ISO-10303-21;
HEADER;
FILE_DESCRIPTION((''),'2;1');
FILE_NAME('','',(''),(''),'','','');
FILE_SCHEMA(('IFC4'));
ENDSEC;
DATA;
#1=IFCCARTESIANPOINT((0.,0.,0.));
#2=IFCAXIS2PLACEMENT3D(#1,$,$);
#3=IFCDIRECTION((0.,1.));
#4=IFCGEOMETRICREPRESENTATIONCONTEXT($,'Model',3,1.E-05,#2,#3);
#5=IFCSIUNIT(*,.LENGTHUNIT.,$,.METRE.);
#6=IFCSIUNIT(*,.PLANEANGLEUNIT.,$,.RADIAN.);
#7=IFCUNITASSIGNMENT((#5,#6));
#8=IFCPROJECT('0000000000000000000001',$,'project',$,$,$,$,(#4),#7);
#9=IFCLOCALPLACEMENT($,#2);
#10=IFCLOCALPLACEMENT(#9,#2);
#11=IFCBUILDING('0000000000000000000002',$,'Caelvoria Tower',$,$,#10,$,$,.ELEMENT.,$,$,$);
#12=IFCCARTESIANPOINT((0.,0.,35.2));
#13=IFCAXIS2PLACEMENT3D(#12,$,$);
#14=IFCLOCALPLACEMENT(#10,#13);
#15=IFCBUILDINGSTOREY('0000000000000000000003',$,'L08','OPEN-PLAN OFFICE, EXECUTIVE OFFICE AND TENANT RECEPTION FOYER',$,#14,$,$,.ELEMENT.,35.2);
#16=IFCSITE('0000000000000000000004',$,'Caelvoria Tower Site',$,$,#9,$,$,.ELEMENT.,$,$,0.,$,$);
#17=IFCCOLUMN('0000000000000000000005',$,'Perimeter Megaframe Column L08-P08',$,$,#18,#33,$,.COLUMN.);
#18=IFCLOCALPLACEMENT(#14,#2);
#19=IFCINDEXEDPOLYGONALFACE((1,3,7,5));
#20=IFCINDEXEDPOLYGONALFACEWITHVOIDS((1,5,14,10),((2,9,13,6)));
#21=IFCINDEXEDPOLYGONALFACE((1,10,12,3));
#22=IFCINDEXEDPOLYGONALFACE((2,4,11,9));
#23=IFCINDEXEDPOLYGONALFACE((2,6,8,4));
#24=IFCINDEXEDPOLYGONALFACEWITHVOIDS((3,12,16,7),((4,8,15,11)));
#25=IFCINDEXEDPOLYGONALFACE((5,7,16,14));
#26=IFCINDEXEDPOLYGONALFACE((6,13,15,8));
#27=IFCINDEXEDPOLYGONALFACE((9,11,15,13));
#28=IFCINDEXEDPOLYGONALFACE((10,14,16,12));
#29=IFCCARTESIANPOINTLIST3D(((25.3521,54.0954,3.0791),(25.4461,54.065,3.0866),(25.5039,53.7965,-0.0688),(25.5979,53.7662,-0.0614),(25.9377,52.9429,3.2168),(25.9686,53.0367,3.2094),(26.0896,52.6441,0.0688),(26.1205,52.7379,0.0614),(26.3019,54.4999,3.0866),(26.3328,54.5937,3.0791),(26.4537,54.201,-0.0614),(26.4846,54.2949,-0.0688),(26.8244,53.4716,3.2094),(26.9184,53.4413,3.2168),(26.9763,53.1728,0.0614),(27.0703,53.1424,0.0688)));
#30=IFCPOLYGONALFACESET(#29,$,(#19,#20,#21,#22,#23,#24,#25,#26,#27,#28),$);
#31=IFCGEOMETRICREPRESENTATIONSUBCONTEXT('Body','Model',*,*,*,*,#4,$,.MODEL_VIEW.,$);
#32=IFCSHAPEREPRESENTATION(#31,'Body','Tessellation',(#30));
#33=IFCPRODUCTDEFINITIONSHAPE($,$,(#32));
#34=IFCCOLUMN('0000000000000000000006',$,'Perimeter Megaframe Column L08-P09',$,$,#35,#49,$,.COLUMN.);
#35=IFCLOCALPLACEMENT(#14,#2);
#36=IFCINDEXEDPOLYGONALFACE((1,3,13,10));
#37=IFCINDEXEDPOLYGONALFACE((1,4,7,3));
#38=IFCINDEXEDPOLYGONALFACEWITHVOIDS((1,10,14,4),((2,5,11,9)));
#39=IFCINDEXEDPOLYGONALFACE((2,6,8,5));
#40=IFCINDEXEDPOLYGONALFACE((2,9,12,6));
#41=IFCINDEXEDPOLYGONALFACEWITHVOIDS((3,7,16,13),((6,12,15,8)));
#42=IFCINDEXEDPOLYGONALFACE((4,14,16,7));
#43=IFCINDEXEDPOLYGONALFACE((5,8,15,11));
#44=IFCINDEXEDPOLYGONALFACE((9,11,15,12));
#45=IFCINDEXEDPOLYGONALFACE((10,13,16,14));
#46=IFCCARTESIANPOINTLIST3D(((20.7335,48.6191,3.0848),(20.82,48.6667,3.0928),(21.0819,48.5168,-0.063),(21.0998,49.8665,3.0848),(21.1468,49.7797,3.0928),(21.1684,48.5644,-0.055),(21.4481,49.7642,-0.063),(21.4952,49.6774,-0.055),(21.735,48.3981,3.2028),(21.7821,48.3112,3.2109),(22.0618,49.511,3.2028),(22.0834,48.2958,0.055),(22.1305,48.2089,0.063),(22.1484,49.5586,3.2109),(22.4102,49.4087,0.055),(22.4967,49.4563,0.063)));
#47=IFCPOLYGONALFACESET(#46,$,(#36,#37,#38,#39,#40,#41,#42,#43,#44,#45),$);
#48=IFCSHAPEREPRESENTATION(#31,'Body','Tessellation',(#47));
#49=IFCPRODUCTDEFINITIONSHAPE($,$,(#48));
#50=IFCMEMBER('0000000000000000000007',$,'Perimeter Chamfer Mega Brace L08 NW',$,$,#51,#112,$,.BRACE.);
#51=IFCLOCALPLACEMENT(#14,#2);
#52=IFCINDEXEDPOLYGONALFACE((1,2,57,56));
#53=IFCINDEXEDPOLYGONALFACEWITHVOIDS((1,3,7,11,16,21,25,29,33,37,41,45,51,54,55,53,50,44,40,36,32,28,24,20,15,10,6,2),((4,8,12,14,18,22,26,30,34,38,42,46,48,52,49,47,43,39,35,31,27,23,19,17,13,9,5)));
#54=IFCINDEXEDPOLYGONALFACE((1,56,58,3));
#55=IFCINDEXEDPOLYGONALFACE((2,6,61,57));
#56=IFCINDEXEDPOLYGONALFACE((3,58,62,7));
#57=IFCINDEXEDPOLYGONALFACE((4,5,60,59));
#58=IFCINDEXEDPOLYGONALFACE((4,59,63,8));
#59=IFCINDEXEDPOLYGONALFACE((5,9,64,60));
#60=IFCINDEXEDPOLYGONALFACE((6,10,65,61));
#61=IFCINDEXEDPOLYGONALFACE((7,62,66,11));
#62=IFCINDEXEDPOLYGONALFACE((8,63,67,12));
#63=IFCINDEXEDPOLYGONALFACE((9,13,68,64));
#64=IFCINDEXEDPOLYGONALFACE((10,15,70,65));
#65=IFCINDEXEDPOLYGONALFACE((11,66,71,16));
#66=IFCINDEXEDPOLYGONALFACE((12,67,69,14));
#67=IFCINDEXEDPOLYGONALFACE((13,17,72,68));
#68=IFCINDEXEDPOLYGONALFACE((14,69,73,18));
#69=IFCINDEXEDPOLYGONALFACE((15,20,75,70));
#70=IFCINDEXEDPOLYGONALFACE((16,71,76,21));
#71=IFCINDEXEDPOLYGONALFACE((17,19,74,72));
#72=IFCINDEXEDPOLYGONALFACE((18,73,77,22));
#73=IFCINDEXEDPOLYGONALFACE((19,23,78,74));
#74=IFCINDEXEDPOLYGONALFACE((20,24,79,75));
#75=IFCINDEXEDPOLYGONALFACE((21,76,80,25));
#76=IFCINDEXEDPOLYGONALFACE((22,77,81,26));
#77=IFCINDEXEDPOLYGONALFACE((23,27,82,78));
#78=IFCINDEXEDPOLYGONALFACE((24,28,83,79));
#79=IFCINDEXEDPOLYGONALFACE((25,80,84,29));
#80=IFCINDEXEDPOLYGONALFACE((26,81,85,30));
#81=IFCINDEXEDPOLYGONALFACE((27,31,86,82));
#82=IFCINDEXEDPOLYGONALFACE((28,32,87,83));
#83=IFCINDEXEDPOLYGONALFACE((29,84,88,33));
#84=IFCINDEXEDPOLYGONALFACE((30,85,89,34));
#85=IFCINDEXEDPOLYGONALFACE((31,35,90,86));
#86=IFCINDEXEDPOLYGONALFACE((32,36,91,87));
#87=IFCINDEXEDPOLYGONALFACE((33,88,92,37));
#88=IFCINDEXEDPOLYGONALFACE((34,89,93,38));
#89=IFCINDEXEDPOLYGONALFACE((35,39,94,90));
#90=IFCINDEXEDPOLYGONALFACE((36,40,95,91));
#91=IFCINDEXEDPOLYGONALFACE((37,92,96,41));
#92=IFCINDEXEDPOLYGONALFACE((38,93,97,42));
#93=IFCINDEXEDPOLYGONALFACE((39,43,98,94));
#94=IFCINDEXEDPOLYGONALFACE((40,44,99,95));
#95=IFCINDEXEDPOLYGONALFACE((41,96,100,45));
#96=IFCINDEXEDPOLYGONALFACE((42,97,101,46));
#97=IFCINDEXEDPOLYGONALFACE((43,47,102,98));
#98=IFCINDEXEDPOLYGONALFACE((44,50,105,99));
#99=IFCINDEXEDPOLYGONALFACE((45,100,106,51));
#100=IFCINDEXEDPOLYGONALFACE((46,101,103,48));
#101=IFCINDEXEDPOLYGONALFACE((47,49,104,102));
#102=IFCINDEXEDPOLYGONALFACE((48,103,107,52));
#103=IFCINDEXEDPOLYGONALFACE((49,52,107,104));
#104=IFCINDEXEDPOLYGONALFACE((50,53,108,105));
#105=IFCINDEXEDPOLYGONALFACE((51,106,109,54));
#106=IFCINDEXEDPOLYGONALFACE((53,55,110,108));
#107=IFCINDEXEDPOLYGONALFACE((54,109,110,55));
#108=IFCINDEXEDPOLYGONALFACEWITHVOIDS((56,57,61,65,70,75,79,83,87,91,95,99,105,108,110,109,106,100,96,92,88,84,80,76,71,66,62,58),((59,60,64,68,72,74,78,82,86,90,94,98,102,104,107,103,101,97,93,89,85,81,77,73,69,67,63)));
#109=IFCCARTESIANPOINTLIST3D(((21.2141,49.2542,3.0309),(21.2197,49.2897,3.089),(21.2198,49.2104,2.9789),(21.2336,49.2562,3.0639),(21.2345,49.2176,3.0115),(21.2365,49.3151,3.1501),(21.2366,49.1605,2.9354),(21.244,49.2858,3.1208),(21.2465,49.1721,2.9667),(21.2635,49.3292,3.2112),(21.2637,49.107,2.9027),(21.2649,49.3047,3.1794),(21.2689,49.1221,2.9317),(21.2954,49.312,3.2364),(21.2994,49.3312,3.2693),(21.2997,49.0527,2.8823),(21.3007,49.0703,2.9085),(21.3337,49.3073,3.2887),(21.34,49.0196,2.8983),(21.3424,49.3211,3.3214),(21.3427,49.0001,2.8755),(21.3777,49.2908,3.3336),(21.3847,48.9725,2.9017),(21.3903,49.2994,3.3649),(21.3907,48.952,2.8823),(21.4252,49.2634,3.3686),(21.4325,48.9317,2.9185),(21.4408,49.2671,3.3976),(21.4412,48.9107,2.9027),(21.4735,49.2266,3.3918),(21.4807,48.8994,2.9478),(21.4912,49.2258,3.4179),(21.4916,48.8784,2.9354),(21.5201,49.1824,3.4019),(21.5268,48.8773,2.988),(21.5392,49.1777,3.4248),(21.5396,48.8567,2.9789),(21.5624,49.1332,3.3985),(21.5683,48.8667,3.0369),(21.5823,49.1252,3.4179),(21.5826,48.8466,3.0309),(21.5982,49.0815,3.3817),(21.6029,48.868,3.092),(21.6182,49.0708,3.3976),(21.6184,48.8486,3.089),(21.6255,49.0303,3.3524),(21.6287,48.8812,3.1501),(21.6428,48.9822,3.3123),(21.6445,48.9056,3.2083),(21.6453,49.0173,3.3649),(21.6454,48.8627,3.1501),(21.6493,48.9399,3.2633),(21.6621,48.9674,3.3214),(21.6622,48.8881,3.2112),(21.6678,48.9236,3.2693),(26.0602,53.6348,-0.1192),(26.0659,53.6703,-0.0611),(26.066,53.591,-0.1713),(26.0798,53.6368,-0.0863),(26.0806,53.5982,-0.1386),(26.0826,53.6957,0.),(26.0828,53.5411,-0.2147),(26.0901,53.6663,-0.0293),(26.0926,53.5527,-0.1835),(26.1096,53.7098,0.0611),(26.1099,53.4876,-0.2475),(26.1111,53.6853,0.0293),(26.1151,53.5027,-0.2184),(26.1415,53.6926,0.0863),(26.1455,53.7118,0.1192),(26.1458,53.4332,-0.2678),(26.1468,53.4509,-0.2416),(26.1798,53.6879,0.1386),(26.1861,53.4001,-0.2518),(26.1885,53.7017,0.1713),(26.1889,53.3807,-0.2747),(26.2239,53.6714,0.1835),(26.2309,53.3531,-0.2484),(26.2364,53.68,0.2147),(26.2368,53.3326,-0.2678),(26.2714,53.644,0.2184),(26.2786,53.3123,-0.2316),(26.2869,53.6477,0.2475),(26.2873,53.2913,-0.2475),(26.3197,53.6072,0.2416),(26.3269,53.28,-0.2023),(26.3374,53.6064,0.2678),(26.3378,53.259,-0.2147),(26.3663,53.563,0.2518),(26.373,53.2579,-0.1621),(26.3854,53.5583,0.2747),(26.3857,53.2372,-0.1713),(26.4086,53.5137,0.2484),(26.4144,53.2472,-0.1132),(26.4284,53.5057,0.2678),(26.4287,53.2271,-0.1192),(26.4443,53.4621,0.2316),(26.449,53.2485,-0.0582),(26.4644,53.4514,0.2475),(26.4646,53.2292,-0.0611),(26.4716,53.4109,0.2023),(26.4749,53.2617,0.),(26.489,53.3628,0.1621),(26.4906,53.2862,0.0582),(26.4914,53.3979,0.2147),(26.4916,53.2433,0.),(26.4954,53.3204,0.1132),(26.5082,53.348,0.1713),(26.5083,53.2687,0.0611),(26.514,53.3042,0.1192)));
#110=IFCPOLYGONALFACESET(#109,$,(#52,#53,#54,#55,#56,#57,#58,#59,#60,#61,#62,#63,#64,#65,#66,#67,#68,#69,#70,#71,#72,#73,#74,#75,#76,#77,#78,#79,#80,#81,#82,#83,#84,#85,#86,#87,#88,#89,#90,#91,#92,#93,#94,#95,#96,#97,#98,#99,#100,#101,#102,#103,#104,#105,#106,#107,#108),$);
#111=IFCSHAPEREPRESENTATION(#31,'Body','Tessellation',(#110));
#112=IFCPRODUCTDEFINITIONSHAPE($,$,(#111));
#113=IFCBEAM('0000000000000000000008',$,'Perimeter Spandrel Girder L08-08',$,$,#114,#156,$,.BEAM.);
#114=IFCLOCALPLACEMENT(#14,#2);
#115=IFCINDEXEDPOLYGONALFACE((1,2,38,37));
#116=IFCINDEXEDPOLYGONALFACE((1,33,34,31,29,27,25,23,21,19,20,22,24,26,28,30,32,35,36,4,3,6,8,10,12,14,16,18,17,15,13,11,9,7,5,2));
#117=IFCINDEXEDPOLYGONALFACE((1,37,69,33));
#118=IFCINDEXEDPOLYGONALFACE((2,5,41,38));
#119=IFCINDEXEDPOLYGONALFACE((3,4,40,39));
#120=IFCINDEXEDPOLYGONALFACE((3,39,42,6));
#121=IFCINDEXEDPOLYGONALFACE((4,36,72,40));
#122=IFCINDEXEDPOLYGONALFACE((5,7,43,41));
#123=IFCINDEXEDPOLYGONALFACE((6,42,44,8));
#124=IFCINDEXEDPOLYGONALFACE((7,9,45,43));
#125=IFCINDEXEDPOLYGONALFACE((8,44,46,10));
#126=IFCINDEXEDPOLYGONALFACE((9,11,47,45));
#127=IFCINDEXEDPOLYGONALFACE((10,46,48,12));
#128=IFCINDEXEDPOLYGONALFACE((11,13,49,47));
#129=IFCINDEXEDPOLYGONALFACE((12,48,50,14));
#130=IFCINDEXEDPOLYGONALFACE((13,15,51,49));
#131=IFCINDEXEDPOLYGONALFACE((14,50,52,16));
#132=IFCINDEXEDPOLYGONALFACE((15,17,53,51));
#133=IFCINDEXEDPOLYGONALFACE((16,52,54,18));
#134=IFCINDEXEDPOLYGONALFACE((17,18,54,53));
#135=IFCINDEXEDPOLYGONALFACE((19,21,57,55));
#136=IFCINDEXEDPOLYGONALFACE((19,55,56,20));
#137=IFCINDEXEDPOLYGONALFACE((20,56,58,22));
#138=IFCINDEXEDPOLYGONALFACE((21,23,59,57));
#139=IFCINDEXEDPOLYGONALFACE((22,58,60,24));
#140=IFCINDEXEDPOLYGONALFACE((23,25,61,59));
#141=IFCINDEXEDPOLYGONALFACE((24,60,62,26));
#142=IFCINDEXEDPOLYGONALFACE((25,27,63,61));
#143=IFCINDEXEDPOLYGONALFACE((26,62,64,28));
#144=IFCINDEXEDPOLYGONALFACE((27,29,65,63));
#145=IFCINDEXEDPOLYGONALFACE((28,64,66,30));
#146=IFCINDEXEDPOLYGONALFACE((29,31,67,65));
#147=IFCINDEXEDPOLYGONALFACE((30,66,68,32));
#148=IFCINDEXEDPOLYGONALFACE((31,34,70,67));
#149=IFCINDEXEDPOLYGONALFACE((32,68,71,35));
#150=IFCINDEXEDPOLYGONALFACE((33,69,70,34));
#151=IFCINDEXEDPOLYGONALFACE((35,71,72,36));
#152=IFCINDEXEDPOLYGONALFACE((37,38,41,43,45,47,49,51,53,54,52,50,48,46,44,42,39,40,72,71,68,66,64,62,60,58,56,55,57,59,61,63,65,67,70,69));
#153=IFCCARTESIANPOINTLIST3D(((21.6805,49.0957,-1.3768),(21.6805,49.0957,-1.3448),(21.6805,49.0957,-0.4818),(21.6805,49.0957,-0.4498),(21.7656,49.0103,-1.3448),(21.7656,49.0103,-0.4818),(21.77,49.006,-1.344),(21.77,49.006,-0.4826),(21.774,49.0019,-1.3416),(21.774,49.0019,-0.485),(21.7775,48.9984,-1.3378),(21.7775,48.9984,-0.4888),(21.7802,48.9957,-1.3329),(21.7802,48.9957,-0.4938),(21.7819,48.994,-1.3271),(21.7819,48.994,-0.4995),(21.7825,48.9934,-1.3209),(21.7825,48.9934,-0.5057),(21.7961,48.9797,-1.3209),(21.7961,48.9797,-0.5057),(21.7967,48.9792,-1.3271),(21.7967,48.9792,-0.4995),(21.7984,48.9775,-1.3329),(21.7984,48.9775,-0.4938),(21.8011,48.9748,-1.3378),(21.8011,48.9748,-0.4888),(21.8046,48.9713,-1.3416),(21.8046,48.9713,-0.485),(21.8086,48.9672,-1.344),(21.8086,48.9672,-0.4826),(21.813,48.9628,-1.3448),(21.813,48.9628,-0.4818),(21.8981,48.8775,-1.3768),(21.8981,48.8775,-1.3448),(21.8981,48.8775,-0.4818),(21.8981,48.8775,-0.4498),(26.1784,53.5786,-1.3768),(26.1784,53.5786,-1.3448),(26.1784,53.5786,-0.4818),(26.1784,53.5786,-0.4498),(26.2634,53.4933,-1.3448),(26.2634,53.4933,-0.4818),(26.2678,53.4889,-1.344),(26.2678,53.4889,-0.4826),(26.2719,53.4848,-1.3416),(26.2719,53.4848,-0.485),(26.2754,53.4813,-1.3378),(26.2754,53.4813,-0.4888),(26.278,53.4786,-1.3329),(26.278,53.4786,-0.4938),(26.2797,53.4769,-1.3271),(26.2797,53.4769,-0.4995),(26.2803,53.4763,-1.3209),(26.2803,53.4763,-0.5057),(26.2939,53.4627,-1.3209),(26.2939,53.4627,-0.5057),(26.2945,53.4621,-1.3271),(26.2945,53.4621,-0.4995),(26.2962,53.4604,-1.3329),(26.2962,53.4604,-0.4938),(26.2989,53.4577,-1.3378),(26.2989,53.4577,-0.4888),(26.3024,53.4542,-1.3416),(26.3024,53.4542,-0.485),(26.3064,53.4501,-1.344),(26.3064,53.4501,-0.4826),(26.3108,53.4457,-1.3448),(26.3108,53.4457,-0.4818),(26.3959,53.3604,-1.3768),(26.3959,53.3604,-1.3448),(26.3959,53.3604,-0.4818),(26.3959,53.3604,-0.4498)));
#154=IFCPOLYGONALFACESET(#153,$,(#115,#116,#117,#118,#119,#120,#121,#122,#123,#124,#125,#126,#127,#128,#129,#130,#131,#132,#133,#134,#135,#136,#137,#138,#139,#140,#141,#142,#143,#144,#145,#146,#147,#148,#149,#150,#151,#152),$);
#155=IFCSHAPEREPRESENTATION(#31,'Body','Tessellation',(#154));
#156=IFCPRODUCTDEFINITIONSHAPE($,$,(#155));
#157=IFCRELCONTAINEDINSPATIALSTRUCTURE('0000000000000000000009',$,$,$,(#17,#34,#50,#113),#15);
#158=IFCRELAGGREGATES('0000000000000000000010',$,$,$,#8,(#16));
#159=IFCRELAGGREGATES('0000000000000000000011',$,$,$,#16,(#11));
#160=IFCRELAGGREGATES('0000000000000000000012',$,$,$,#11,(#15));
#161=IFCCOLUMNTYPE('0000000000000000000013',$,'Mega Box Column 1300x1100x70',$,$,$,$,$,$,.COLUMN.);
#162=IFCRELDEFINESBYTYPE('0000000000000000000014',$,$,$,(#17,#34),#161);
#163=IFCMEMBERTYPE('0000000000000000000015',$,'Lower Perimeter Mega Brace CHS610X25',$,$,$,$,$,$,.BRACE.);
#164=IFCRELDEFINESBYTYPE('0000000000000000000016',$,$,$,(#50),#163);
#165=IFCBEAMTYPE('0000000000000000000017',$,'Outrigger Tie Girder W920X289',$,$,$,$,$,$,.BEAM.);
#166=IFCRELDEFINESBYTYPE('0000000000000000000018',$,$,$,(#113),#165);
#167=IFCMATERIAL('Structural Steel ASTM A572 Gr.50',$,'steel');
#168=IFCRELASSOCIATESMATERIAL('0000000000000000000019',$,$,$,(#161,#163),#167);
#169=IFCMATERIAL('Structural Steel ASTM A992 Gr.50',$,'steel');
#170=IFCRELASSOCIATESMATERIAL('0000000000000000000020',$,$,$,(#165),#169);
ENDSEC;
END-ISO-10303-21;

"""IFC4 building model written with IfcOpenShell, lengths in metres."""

from ifc_helpers import new_model, si_unit, direction, frame, origin, origin_2d, place, context, subcontext, project, spatial, hollow_rectangle, hollow_circle, i_section, extrude, material, material_profile, profile_set, type_object, element, save


model = new_model("IFC4")

# Units and contexts
model_context = context("Model", 3, precision=1e-05, world=origin(), true_north=direction((0.0, 1.0)))
body_context = subcontext(model_context, "Body", "Model", "MODEL_VIEW")
ifc_project = project(units=[si_unit("LENGTHUNIT", "METRE"), si_unit("PLANEANGLEUNIT", "RADIAN")], contexts=[model_context])

# Site, building, storey
site_placement = place(None, origin())
site = spatial("IfcSite", under=ifc_project, at=site_placement, Name="Caelvoria Tower Site", CompositionType="ELEMENT", RefElevation=0.0)
building_placement = place(site_placement, origin())
building = spatial("IfcBuilding", under=site, at=building_placement, Name="Caelvoria Tower", CompositionType="ELEMENT")
storey_placement = place(building_placement, frame((0.0, 0.0, 35.2)))
storey = spatial("IfcBuildingStorey", under=building, at=storey_placement, Name="L08", Description="OPEN-PLAN OFFICE, EXECUTIVE OFFICE AND TENANT RECEPTION FOYER", CompositionType="ELEMENT", Elevation=35.2)

# Columns
ifc_material_1 = material(Name="Structural Steel ASTM A572 Gr.50", Category="steel")
ifc_material_profile_1 = material_profile(ifc_material_1, hollow_rectangle(XDim=1.1001, YDim=1.3, WallThickness=0.0701, at=origin_2d()), Name="Structural Steel ASTM A572 Gr.50")
ifc_profile_set_1 = profile_set([ifc_material_profile_1], Name="BOX1300X1100X70 - Structural Steel ASTM A572 Gr.50")
column_type = type_object("IfcColumnType", Name="Mega Box Column 1300x1100x70", PredefinedType="COLUMN", material=ifc_profile_set_1)
column_1_placement = place(storey_placement, frame((26.2871, 53.4695, 0.0), z_axis=(-0.047968, 0.094394, 0.994379), x_axis=(-0.891495, -0.453031, 0.0)))
element("IfcColumn", 1, at=column_1_placement, inside=storey, type_object=column_type, Name="Perimeter Megaframe Column L08-P08", PredefinedType="COLUMN", context=body_context, shape_type="SweptSolid", body=[
    extrude(hollow_rectangle(XDim=1.1001, YDim=1.3, WallThickness=0.0701, at=origin_2d()), origin(), (0.0, 0.0, 1.0), 3.1658),
])
column_2_placement = place(storey_placement, frame((21.7893, 48.9866, 0.0), z_axis=(-0.109943, 0.032282, 0.993414), x_axis=(0.953174, -0.279874, 0.114584)))
element("IfcColumn", 2, at=column_2_placement, inside=storey, type_object=column_type, Name="Perimeter Megaframe Column L08-P09", PredefinedType="COLUMN", context=body_context, shape_type="SweptSolid", body=[
    extrude(hollow_rectangle(XDim=1.1001, YDim=1.3, WallThickness=0.0701, at=origin_2d()), origin(), (0.0, 0.0, 1.0), 3.1687),
])

# Member
ifc_material_profile_2 = material_profile(ifc_material_1, hollow_circle(Radius=0.3049, WallThickness=0.0249, at=origin_2d()), Name="Structural Steel ASTM A572 Gr.50")
ifc_profile_set_2 = profile_set([ifc_material_profile_2], Name="CHS610X25 - Structural Steel ASTM A572 Gr.50")
member_type = type_object("IfcMemberType", Name="Lower Perimeter Mega Brace CHS610X25", PredefinedType="BRACE", material=ifc_profile_set_2)
member_placement = place(storey_placement, frame((26.2871, 53.4695, 0.0), z_axis=(-0.66821, -0.604014, 0.434353), x_axis=(0.670574, -0.741843, 0.0)))
element("IfcMember", 3, at=member_placement, inside=storey, type_object=member_type, Name="Perimeter Chamfer Mega Brace L08 NW", PredefinedType="BRACE", context=body_context, shape_type="SweptSolid", body=[
    extrude(hollow_circle(Radius=0.3049, WallThickness=0.0249, at=origin_2d()), origin(), (0.0, 0.0, 1.0), 7.2524),
])

# Beam
ifc_material_2 = material(Name="Structural Steel ASTM A992 Gr.50", Category="steel")
ifc_material_profile_3 = material_profile(ifc_material_2, i_section(OverallWidth=0.3081, OverallDepth=0.927, WebThickness=0.0193, FlangeThickness=0.032, FilletRadius=0.0239, at=origin_2d()), Name="Structural Steel ASTM A992 Gr.50")
ifc_profile_set_3 = profile_set([ifc_material_profile_3], Name="W920X289 - Structural Steel ASTM A992 Gr.50")
beam_type_1 = type_object("IfcBeamType", Name="Outrigger Tie Girder W920X289", PredefinedType="BEAM", material=ifc_profile_set_3)
beam_1_placement = place(storey_placement, frame((26.2871, 53.4695, -0.9133), z_axis=(-0.708278, -0.705933, 0.0), x_axis=(0.705933, -0.708278, 0.0)))
element("IfcBeam", 4, at=beam_1_placement, inside=storey, type_object=beam_type_1, Name="Perimeter Spandrel Girder L08-08", PredefinedType="BEAM", context=body_context, shape_type="SweptSolid", body=[
    extrude(i_section(OverallWidth=0.3081, OverallDepth=0.927, WebThickness=0.0193, FlangeThickness=0.032, FilletRadius=0.0239, at=origin_2d()), origin(), (0.0, 0.0, 1.0), 6.3503),
])

save(model, "model.ifc")
